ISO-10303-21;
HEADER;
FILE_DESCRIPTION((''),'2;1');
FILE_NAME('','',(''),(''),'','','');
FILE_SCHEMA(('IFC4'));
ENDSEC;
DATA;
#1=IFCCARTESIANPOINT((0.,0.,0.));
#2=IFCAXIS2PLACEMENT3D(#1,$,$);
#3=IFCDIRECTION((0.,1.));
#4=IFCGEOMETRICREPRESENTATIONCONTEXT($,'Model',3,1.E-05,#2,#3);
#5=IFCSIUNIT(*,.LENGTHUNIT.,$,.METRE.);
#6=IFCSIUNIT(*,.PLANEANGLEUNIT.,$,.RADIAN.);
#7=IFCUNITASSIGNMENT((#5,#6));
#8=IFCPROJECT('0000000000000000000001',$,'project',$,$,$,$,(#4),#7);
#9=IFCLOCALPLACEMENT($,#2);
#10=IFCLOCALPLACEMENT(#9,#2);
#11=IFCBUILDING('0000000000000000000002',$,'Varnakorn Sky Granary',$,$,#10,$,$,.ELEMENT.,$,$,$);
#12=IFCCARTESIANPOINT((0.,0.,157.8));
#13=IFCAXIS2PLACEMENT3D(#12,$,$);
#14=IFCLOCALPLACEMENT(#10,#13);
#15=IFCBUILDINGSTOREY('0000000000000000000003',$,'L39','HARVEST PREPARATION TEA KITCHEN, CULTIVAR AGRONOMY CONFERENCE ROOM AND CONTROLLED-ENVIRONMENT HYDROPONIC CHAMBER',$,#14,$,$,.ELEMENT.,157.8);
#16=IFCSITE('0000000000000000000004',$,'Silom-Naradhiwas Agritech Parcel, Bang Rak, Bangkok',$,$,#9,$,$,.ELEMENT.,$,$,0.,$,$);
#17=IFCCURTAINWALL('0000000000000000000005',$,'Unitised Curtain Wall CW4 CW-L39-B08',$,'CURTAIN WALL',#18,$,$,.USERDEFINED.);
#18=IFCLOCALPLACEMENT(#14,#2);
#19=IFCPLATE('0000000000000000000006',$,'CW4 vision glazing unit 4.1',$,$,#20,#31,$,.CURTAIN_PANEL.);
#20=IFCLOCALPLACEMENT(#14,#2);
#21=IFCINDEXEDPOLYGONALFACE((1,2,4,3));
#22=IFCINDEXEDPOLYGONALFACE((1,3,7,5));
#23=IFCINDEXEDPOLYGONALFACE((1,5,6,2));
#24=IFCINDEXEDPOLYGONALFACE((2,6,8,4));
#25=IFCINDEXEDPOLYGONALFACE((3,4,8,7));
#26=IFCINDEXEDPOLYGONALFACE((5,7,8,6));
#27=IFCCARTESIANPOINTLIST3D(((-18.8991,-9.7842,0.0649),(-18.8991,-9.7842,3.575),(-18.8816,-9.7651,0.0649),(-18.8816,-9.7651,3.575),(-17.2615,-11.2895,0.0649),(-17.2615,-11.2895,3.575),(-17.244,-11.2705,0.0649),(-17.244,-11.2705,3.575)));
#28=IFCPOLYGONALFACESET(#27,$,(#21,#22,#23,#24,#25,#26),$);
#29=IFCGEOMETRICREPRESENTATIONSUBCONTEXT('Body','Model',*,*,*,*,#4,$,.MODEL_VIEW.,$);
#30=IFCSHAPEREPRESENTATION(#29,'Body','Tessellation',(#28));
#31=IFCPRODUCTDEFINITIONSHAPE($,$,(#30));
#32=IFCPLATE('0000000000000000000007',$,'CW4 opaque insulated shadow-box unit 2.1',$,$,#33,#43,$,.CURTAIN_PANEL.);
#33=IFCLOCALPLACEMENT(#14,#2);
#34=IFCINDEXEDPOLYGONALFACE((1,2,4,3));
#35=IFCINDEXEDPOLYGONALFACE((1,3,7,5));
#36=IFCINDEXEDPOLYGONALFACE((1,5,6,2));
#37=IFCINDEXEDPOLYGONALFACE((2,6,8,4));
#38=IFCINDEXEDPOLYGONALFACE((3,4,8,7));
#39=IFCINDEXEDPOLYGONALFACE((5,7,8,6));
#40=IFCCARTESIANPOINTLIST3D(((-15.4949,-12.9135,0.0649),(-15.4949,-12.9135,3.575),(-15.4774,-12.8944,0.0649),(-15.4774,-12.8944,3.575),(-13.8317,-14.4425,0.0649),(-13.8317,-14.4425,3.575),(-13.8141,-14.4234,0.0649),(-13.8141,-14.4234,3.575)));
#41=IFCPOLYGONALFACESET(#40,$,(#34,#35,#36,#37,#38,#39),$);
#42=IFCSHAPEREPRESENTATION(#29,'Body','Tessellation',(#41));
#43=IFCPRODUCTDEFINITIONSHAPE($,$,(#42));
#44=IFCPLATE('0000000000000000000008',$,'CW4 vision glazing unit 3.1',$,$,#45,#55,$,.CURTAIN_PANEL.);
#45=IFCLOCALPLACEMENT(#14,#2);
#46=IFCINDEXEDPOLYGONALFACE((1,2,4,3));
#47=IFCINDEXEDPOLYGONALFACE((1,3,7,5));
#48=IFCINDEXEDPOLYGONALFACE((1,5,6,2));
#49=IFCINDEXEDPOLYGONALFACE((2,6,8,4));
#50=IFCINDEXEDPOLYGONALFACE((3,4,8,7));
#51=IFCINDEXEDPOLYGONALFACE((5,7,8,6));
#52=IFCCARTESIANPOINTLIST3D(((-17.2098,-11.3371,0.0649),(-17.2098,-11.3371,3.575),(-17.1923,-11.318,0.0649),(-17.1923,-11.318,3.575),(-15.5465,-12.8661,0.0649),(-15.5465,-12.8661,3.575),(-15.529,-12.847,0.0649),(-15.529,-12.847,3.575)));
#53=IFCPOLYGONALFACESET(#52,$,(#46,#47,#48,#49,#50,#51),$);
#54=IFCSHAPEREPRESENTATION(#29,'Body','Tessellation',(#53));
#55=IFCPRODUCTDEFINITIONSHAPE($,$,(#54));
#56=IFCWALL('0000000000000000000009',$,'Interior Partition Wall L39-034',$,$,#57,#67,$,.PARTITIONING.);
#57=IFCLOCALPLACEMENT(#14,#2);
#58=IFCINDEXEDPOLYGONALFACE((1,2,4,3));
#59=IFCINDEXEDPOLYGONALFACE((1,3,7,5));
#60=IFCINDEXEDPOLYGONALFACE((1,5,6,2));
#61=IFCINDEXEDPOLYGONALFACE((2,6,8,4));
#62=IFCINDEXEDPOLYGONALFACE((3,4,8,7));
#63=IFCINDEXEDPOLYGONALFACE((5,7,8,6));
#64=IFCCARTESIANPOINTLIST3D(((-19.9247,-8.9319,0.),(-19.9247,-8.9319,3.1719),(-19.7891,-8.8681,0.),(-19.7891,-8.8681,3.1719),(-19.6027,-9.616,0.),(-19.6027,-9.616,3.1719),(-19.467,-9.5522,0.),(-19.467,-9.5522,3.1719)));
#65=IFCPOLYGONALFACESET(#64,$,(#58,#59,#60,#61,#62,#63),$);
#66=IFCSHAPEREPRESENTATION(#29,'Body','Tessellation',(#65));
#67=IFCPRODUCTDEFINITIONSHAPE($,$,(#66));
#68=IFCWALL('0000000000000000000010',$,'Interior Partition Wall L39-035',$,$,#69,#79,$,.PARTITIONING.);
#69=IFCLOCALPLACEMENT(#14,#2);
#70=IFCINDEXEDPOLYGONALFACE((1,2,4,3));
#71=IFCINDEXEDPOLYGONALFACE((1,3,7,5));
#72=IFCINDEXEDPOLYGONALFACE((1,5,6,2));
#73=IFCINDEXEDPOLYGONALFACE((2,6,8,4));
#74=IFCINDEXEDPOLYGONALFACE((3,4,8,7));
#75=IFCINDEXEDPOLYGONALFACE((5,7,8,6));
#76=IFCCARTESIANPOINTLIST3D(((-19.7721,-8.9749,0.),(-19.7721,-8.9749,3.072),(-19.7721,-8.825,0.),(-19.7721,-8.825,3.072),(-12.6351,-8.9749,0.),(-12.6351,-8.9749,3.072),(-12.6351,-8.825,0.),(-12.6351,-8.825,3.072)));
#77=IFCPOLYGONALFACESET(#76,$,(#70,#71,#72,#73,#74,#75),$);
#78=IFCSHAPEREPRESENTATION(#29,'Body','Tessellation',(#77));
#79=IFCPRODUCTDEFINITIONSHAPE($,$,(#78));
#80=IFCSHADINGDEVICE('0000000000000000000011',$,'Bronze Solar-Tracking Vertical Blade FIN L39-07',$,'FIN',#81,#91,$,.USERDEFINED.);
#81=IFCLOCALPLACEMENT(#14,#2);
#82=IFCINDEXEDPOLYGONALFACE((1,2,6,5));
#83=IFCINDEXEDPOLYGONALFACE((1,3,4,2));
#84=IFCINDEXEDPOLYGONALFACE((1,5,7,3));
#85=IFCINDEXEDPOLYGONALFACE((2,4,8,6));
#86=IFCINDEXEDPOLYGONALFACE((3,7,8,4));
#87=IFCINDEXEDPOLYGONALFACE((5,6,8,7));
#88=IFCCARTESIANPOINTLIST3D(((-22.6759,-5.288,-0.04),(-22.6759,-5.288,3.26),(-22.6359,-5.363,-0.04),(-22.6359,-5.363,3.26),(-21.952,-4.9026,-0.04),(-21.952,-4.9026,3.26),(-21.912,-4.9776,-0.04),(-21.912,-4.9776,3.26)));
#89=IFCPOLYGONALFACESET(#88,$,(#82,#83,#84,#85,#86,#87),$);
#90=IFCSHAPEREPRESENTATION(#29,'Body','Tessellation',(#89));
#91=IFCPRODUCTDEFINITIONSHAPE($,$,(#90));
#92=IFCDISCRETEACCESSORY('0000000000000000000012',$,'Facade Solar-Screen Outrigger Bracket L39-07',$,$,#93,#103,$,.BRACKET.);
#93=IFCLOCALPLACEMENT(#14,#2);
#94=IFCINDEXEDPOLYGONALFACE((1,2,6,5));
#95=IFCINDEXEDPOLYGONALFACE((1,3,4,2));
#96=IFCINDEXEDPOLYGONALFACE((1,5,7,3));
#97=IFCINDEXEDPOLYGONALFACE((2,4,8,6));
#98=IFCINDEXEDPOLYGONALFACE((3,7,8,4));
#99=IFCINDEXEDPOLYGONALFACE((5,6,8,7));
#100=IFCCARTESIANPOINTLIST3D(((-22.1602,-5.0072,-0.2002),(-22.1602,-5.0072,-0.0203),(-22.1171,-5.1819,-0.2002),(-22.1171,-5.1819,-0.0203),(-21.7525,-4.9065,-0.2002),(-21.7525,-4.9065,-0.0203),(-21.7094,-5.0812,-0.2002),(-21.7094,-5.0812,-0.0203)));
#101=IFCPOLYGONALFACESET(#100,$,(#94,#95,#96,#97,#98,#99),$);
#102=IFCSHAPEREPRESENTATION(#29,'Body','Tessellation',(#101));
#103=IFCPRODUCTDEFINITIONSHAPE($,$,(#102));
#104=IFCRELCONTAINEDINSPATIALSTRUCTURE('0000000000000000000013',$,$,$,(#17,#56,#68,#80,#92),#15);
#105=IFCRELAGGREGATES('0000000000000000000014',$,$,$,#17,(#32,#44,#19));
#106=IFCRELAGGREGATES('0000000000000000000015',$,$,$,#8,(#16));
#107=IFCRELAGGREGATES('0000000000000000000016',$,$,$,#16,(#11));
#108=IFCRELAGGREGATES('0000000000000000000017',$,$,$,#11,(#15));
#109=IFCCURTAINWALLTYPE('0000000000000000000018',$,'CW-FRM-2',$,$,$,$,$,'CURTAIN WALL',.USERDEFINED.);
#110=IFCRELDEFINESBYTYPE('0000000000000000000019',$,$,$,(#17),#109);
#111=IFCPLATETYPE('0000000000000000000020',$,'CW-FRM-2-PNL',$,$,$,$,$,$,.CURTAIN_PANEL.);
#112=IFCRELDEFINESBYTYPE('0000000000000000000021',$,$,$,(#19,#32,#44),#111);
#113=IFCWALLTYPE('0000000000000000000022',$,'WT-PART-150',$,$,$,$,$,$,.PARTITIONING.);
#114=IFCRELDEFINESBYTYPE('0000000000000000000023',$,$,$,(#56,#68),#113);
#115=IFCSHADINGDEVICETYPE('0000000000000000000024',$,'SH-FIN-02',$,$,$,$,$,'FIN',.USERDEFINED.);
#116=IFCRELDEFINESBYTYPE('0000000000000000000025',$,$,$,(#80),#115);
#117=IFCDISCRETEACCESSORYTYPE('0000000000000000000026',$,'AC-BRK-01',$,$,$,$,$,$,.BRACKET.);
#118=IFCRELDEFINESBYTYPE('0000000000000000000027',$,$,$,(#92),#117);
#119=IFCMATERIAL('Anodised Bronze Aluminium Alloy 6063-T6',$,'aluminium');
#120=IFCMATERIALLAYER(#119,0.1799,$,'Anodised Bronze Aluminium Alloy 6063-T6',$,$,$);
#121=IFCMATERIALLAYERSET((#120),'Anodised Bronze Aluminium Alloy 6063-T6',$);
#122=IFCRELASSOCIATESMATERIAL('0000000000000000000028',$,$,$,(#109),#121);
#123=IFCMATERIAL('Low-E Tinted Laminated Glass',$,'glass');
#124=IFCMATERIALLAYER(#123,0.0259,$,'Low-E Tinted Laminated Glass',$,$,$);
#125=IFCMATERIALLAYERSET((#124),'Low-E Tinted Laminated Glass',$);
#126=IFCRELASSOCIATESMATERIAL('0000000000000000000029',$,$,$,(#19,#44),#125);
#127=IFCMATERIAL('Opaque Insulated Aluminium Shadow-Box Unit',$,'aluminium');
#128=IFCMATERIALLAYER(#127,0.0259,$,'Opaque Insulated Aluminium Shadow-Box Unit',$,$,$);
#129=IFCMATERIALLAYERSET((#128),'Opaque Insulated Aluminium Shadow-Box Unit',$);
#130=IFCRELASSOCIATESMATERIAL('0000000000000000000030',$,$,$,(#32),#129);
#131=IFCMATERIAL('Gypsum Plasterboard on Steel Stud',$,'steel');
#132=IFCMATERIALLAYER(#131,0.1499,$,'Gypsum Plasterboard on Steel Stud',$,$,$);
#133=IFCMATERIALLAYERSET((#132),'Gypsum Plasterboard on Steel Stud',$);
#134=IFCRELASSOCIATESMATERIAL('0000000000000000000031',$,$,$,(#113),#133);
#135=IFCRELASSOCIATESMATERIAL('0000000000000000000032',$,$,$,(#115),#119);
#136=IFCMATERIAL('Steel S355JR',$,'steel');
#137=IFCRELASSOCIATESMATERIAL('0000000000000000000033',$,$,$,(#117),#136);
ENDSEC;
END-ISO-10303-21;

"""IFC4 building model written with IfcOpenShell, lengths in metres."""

from ifc_helpers import new_model, si_unit, direction, frame, frame_2d, origin, origin_2d, place, context, subcontext, project, spatial, rectangle, extrude, source, transform, mapped, material, layer, layer_set, type_object, type_shapes, element, aggregate, save


model = new_model("IFC4")

# Units and contexts
model_context = context("Model", 3, precision=1e-05, world=origin(), true_north=direction((0.0, 1.0)))
body_context = subcontext(model_context, "Body", "Model", "MODEL_VIEW")
ifc_project = project(units=[si_unit("LENGTHUNIT", "METRE"), si_unit("PLANEANGLEUNIT", "RADIAN")], contexts=[model_context])

# Site, building, storey
site_placement = place(None, origin())
site = spatial("IfcSite", under=ifc_project, at=site_placement, Name="Silom-Naradhiwas Agritech Parcel, Bang Rak, Bangkok", CompositionType="ELEMENT", RefElevation=0.0)
building_placement = place(site_placement, origin())
building = spatial("IfcBuilding", under=site, at=building_placement, Name="Varnakorn Sky Granary", CompositionType="ELEMENT")
storey_placement = place(building_placement, frame((0.0, 0.0, 157.8)))
storey = spatial("IfcBuildingStorey", under=building, at=storey_placement, Name="L39", Description="HARVEST PREPARATION TEA KITCHEN, CULTIVAR AGRONOMY CONFERENCE ROOM AND CONTROLLED-ENVIRONMENT HYDROPONIC CHAMBER", CompositionType="ELEMENT", Elevation=157.8)

# Shared definitions
ifc_material_1 = material(Name="Steel S355JR", Category="steel")

# Curtain wall
ifc_material_2 = material(Name="Anodised Bronze Aluminium Alloy 6063-T6", Category="aluminium")
ifc_layer_1 = layer(ifc_material_2, 0.1799, Name="Anodised Bronze Aluminium Alloy 6063-T6")
ifc_layer_set_1 = layer_set([ifc_layer_1], Name="Anodised Bronze Aluminium Alloy 6063-T6")
curtain_wall_type = type_object("IfcCurtainWallType", Name="CW-FRM-2", ElementType="CURTAIN WALL", PredefinedType="USERDEFINED", material=ifc_layer_set_1)
curtain_wall_1_placement = place(storey_placement, origin())
curtain_wall_1 = element("IfcCurtainWall", 1, at=curtain_wall_1_placement, inside=storey, type_object=curtain_wall_type, Name="Unitised Curtain Wall CW4 CW-L39-B08", ObjectType="CURTAIN WALL", PredefinedType="USERDEFINED")

# Plates
ifc_material_3 = material(Name="Low-E Tinted Laminated Glass", Category="glass")
ifc_layer_2 = layer(ifc_material_3, 0.0259, Name="Low-E Tinted Laminated Glass")
ifc_layer_set_2 = layer_set([ifc_layer_2], Name="Low-E Tinted Laminated Glass")
plate_type_1 = type_object("IfcPlateType", Name="CW-FRM-2-PNL", PredefinedType="CURTAIN_PANEL")
ifc_material_4 = material(Name="Opaque Insulated Aluminium Shadow-Box Unit", Category="aluminium")
ifc_layer_3 = layer(ifc_material_4, 0.0259, Name="Opaque Insulated Aluminium Shadow-Box Unit")
ifc_layer_set_3 = layer_set([ifc_layer_3], Name="Opaque Insulated Aluminium Shadow-Box Unit")
shared_shape_1 = source(origin(), body_context, "Body", "SweptSolid", [
    extrude(rectangle(XDim=2.2244, YDim=0.0259, at=origin_2d()), origin(), (0.0, 0.0, 1.0), 3.51),
])
plate_1_placement = place(storey_placement, frame((-18.0715, -10.5273, 0.0649), z_axis=(0.0, 0.0, 1.0), x_axis=(-0.736205, 0.676758, 0.0)))
plate_1 = element("IfcPlate", 2, at=plate_1_placement, type_object=plate_type_1, material=ifc_layer_set_2, Name="CW4 vision glazing unit 4.1", PredefinedType="CURTAIN_PANEL", context=body_context, shape_type="MappedRepresentation", body=[
    mapped(shared_shape_1, transform((0.0, 0.0, 0.0), x_axis=(1.0, 0.0, 0.0), y_axis=(0.0, 1.0, 0.0), z_axis=(0.0, 0.0, 1.0), scale=1.0)),
])
shared_shape_2 = source(origin(), body_context, "Body", "SweptSolid", [
    extrude(rectangle(XDim=2.2593, YDim=0.0259, at=origin_2d()), origin(), (0.0, 0.0, 1.0), 3.51),
])
plate_2_placement = place(storey_placement, frame((-14.6545, -13.6685, 0.0649), z_axis=(0.0, 0.0, 1.0), x_axis=(-0.736205, 0.676758, 0.0)))
plate_2 = element("IfcPlate", 3, at=plate_2_placement, type_object=plate_type_1, material=ifc_layer_set_3, Name="CW4 opaque insulated shadow-box unit 2.1", PredefinedType="CURTAIN_PANEL", context=body_context, shape_type="MappedRepresentation", body=[
    mapped(shared_shape_2, transform((0.0, 0.0, 0.0), x_axis=(1.0, 0.0, 0.0), y_axis=(0.0, 1.0, 0.0), z_axis=(0.0, 0.0, 1.0), scale=1.0)),
])
plate_3_placement = place(storey_placement, frame((-16.3694, -12.092, 0.0649), z_axis=(0.0, 0.0, 1.0), x_axis=(-0.736205, 0.676758, 0.0)))
plate_3 = element("IfcPlate", 4, at=plate_3_placement, type_object=plate_type_1, material=ifc_layer_set_2, Name="CW4 vision glazing unit 3.1", PredefinedType="CURTAIN_PANEL", context=body_context, shape_type="MappedRepresentation", body=[
    mapped(shared_shape_2, transform((0.0, 0.0, 0.0), x_axis=(1.0, 0.0, 0.0), y_axis=(0.0, 1.0, 0.0), z_axis=(0.0, 0.0, 1.0), scale=1.0)),
])
aggregate(curtain_wall_1, [plate_2, plate_3, plate_1])

# Walls
ifc_material_5 = material(Name="Gypsum Plasterboard on Steel Stud", Category="steel")
ifc_layer_4 = layer(ifc_material_5, 0.1499, Name="Gypsum Plasterboard on Steel Stud")
ifc_layer_set_4 = layer_set([ifc_layer_4], Name="Gypsum Plasterboard on Steel Stud")
wall_type = type_object("IfcWallType", Name="WT-PART-150", PredefinedType="PARTITIONING", material=ifc_layer_set_4)
wall_1_placement = place(storey_placement, frame((-19.5349, -9.584, 0.0), z_axis=(0.0, 0.0, 1.0), x_axis=(-0.425906, 0.904767, 0.0)))
element("IfcWall", 5, at=wall_1_placement, inside=storey, type_object=wall_type, Name="Interior Partition Wall L39-034", PredefinedType="PARTITIONING", context=body_context, shape_type="SweptSolid", body=[
    extrude(rectangle(XDim=0.7561, YDim=0.1499, at=frame_2d((0.3779, 0.0))), origin(), (0.0, 0.0, 1.0), 3.1719),
])
wall_2_placement = place(storey_placement, frame((-19.772, -8.8999, 0.0), z_axis=(0.0, 0.0, 1.0), x_axis=(1.0, 0.0, 0.0)))
element("IfcWall", 6, at=wall_2_placement, inside=storey, type_object=wall_type, Name="Interior Partition Wall L39-035", PredefinedType="PARTITIONING", context=body_context, shape_type="SweptSolid", body=[
    extrude(rectangle(XDim=7.137, YDim=0.1499, at=frame_2d((3.5684, 0.0))), origin(), (0.0, 0.0, 1.0), 3.072),
])

# Shading device
shading_device_type = type_object("IfcShadingDeviceType", Name="SH-FIN-02", ElementType="FIN", PredefinedType="USERDEFINED", material=ifc_material_2)
shared_shape_3 = source(origin(), body_context, "Body", "SweptSolid", [
    extrude(rectangle(XDim=0.085, YDim=0.8201, at=origin_2d()), origin(), (0.0, 0.0, 1.0), 3.3),
])
type_shapes(shading_device_type, [shared_shape_3])
shading_device_placement = place(storey_placement, frame((-22.2939, -5.1328, -0.04), z_axis=(0.0, 0.0, 1.0), x_axis=(0.469904, -0.882718, 0.0)))
element("IfcShadingDevice", 7, at=shading_device_placement, inside=storey, type_object=shading_device_type, Name="Bronze Solar-Tracking Vertical Blade FIN L39-07", ObjectType="FIN", PredefinedType="USERDEFINED", context=body_context, shape_type="MappedRepresentation", body=[
    mapped(shared_shape_3, transform((0.0, 0.0, 0.0), x_axis=(1.0, 0.0, 0.0), y_axis=(0.0, 1.0, 0.0), z_axis=(0.0, 0.0, 1.0), scale=1.0)),
])

# Discrete accessory
discrete_accessory_type = type_object("IfcDiscreteAccessoryType", Name="AC-BRK-01", PredefinedType="BRACKET", material=ifc_material_1)
shared_shape_4 = source(origin(), body_context, "Body", "SweptSolid", [
    extrude(rectangle(XDim=0.1799, YDim=0.4199, at=origin_2d()), origin(), (0.0, 0.0, 1.0), 0.1799),
])
type_shapes(discrete_accessory_type, [shared_shape_4])
discrete_accessory_placement = place(storey_placement, frame((-21.9348, -5.0442, -0.2002), z_axis=(0.0, 0.0, 1.0), x_axis=(0.23965, -0.970859, 0.0)))
element("IfcDiscreteAccessory", 8, at=discrete_accessory_placement, inside=storey, type_object=discrete_accessory_type, Name="Facade Solar-Screen Outrigger Bracket L39-07", PredefinedType="BRACKET", context=body_context, shape_type="MappedRepresentation", body=[
    mapped(shared_shape_4, transform((0.0, 0.0, 0.0), x_axis=(1.0, 0.0, 0.0), y_axis=(0.0, 1.0, 0.0), z_axis=(0.0, 0.0, 1.0), scale=1.0)),
])

save(model, "model.ifc")
